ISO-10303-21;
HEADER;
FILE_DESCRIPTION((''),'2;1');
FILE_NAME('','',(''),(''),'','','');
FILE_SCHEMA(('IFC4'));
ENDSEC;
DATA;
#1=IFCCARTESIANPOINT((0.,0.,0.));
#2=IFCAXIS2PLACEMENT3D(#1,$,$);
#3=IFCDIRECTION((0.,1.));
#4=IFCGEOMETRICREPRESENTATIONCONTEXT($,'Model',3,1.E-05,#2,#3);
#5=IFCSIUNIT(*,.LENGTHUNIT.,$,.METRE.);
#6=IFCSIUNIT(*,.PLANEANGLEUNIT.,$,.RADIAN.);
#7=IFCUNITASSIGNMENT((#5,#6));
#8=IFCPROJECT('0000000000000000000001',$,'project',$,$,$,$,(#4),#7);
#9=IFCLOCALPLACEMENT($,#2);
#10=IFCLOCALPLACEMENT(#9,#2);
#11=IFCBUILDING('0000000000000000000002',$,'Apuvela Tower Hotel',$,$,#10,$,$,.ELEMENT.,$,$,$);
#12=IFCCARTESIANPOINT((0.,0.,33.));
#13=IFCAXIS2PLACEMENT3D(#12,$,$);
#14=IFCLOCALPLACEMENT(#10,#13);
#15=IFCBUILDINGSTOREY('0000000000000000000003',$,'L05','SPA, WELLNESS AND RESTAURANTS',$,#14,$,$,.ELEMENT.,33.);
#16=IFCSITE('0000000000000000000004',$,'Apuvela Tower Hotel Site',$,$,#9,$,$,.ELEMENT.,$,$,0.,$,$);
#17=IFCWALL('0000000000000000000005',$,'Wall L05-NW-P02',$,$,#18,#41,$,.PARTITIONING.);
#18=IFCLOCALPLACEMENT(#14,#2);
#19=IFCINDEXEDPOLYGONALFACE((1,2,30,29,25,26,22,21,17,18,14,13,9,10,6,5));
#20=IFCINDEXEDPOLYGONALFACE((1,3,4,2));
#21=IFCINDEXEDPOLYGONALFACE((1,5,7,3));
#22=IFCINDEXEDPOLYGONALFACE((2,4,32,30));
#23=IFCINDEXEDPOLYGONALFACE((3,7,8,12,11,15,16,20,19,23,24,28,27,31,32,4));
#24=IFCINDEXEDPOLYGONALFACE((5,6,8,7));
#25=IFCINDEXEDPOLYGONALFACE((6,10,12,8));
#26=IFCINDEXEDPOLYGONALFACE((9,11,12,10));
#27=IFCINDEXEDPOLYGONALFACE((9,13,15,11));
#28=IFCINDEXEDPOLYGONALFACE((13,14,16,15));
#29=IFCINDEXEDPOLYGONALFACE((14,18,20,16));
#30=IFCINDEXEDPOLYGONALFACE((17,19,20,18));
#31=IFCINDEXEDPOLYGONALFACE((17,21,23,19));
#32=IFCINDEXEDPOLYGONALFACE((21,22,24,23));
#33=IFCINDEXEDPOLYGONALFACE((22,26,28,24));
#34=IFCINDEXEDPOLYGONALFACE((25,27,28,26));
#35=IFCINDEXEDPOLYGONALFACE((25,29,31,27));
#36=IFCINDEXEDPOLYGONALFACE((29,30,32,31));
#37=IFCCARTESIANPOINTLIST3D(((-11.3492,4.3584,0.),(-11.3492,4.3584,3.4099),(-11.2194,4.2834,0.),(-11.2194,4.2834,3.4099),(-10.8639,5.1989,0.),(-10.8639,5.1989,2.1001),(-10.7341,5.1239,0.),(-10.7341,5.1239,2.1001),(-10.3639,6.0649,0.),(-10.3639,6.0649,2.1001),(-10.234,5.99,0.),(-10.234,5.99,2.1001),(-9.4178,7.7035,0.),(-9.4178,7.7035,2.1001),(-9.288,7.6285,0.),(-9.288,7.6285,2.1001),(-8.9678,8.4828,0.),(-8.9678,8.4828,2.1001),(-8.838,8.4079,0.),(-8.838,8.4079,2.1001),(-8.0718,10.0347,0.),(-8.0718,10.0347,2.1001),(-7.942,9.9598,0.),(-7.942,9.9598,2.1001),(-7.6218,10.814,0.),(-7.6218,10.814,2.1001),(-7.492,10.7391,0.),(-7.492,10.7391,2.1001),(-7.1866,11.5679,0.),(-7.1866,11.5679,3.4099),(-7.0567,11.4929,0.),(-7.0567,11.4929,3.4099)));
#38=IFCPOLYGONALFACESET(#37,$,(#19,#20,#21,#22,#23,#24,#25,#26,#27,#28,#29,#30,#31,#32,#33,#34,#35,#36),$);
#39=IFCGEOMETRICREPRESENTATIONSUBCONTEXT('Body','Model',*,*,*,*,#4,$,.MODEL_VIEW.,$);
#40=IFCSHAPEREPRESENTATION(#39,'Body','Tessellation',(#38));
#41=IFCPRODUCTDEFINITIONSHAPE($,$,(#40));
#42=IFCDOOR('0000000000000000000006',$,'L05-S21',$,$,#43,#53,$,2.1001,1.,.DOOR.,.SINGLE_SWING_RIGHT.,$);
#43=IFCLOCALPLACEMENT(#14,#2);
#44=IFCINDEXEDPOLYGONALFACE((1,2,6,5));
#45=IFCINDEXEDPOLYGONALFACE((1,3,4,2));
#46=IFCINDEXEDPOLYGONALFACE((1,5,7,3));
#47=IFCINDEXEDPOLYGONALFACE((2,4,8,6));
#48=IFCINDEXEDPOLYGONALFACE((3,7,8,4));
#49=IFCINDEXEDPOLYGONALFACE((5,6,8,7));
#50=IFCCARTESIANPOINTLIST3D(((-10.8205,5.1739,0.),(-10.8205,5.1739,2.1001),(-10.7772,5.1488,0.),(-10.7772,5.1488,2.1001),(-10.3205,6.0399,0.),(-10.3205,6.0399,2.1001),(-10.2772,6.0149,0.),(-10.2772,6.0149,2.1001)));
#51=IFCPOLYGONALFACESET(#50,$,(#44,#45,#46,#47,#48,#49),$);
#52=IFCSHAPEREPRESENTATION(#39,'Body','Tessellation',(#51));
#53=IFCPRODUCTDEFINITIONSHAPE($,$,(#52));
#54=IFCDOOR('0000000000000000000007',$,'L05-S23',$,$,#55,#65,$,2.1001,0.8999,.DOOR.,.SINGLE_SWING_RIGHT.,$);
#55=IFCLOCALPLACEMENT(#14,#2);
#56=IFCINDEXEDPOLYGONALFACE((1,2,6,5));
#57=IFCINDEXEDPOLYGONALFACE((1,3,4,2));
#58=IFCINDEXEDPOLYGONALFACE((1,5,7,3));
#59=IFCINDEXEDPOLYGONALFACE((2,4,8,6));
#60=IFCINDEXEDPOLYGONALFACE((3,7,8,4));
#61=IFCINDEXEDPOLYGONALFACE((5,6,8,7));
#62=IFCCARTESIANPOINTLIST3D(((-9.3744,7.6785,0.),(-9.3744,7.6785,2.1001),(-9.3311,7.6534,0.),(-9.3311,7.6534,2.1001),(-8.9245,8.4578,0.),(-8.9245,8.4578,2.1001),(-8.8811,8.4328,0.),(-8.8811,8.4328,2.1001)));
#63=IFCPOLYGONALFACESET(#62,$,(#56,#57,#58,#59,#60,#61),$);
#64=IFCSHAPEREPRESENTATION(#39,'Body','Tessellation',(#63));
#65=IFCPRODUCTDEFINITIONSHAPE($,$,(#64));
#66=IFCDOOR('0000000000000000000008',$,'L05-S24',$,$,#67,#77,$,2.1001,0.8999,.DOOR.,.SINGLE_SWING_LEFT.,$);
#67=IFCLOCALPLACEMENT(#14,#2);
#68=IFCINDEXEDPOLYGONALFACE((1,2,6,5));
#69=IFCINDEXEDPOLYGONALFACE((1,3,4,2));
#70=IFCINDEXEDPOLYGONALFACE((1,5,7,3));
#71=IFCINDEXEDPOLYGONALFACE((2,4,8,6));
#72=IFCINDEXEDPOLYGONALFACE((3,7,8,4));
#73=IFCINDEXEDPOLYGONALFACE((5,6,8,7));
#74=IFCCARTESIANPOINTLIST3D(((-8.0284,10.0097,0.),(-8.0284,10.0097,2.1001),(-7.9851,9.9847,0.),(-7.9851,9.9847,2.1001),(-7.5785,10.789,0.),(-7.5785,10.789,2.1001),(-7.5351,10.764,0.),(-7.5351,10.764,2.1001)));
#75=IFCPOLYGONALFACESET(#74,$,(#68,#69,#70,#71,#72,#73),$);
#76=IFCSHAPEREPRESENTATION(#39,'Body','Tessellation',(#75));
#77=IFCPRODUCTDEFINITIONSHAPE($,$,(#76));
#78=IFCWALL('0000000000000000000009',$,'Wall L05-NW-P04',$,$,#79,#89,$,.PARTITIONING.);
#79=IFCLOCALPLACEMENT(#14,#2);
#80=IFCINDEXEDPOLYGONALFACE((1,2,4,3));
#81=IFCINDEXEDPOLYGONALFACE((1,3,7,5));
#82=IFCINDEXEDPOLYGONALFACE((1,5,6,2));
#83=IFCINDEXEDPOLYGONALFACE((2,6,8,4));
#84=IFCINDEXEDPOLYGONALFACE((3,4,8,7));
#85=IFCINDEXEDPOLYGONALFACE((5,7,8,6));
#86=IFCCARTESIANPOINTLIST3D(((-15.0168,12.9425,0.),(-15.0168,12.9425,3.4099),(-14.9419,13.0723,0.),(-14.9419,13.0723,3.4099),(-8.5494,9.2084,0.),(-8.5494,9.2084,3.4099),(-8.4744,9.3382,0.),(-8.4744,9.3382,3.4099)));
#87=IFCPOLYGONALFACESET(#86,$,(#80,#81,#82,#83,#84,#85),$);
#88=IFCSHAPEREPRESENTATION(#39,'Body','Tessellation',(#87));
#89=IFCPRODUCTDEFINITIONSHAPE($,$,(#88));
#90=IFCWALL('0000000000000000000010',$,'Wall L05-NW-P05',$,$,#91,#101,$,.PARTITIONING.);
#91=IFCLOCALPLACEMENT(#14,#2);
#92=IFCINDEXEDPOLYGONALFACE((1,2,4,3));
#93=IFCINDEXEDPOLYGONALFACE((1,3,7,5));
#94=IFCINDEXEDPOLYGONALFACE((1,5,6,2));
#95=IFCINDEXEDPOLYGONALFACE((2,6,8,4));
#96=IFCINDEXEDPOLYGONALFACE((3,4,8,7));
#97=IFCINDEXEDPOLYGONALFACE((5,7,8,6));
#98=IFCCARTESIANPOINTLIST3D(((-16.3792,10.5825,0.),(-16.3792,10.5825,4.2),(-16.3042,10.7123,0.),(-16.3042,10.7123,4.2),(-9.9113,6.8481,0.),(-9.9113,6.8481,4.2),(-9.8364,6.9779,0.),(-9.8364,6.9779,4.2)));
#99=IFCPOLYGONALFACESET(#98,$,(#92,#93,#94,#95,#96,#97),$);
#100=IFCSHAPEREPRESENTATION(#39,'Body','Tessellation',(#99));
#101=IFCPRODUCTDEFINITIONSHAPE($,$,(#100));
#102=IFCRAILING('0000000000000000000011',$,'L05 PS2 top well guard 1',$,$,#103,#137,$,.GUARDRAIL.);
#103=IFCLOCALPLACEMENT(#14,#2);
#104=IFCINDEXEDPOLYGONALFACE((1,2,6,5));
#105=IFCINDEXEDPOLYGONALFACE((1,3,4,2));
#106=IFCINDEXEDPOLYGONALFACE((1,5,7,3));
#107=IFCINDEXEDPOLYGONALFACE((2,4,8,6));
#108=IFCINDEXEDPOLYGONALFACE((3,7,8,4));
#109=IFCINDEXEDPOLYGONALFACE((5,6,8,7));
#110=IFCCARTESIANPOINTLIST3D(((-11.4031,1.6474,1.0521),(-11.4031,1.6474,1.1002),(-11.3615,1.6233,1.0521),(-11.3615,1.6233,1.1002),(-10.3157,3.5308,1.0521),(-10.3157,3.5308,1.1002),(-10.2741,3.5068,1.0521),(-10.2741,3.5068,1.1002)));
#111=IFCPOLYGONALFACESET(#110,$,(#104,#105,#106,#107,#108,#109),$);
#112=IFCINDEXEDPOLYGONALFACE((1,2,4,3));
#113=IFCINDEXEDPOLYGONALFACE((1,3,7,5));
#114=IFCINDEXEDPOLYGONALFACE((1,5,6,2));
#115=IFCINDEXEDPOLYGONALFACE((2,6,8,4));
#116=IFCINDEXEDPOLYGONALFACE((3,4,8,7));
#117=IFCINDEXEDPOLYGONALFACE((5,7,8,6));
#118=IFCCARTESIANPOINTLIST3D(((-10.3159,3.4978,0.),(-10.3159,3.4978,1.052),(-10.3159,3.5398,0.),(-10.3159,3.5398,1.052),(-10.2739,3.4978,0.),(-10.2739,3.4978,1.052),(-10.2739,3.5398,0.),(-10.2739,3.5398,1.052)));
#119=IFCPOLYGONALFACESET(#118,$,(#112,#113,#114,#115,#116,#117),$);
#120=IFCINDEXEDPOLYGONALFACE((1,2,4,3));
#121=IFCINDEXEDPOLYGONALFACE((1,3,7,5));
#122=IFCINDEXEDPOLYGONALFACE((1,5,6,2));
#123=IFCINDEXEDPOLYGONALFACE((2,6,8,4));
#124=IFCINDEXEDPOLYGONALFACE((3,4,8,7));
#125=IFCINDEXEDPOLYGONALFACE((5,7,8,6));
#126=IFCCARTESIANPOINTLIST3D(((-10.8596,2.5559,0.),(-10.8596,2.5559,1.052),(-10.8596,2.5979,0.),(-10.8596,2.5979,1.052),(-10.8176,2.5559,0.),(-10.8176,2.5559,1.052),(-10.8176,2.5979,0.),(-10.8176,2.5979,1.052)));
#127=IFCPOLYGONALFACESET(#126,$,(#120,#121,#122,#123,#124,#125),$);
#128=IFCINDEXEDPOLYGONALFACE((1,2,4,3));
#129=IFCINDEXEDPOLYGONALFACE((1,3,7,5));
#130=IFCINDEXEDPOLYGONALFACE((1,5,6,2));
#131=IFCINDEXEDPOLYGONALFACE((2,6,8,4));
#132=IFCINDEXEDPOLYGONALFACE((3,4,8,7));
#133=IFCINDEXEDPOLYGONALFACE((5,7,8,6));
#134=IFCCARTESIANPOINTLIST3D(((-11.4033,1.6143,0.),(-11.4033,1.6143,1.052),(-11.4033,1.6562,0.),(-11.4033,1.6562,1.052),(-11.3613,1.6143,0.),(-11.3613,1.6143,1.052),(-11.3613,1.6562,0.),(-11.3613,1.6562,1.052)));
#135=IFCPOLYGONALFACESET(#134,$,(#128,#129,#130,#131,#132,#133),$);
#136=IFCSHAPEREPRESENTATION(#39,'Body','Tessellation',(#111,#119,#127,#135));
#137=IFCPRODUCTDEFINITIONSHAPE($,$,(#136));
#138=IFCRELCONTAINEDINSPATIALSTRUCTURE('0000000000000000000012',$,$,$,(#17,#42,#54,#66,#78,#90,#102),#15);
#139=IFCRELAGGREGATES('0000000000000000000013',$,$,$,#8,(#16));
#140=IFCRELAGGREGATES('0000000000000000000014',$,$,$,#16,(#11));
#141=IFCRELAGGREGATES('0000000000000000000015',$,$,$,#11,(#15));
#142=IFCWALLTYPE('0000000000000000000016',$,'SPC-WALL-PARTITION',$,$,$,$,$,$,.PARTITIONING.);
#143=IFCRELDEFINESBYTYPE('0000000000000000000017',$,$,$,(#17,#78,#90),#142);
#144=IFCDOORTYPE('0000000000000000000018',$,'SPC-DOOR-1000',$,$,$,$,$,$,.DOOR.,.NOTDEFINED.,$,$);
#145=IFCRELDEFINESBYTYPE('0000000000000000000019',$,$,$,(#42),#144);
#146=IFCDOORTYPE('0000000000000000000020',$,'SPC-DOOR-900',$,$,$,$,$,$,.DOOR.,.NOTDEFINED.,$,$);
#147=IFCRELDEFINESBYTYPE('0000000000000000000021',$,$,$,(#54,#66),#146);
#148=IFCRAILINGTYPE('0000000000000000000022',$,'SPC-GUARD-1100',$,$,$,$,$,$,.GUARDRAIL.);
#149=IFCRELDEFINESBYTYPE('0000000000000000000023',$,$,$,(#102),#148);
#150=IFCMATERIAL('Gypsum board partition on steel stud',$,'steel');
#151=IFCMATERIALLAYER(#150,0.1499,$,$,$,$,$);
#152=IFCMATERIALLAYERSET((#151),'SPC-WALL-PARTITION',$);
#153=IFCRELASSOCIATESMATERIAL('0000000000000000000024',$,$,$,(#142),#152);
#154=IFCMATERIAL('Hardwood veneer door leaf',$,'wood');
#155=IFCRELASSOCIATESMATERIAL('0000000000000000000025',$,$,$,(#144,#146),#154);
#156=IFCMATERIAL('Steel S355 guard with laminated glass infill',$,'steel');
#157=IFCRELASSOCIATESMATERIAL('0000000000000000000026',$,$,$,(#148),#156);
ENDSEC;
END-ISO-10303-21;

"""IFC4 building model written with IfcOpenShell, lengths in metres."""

from ifc_helpers import new_model, si_unit, direction, frame, frame_2d, origin, origin_2d, place, context, subcontext, project, spatial, rectangle, extrude, material, layer, layer_set, type_object, element, fill, save


model = new_model("IFC4")

# Units and contexts
model_context = context("Model", 3, precision=1e-05, world=origin(), true_north=direction((0.0, 1.0)))
body_context = subcontext(model_context, "Body", "Model", "MODEL_VIEW")
ifc_project = project(units=[si_unit("LENGTHUNIT", "METRE"), si_unit("PLANEANGLEUNIT", "RADIAN")], contexts=[model_context])

# Site, building, storey
site_placement = place(None, origin())
site = spatial("IfcSite", under=ifc_project, at=site_placement, Name="Apuvela Tower Hotel Site", CompositionType="ELEMENT", RefElevation=0.0)
building_placement = place(site_placement, origin())
building = spatial("IfcBuilding", under=site, at=building_placement, Name="Apuvela Tower Hotel", CompositionType="ELEMENT")
storey_placement = place(building_placement, frame((0.0, 0.0, 33.0)))
storey = spatial("IfcBuildingStorey", under=building, at=storey_placement, Name="L05", Description="SPA, WELLNESS AND RESTAURANTS", CompositionType="ELEMENT", Elevation=33.0)

# Wall, openings, doors
ifc_material_1 = material(Name="Gypsum board partition on steel stud", Category="steel")
ifc_layer_1 = layer(ifc_material_1, 0.1499)
ifc_layer_set_1 = layer_set([ifc_layer_1], Name="SPC-WALL-PARTITION")
wall_type_1 = type_object("IfcWallType", Name="SPC-WALL-PARTITION", PredefinedType="PARTITIONING", material=ifc_layer_set_1)
wall_1_placement = place(storey_placement, frame((-7.1216, 11.5305, 0.0), z_axis=(0.0, 0.0, 1.0), x_axis=(-0.500019, -0.866015, 0.0)))
wall_1 = element("IfcWall", 1, at=wall_1_placement, inside=storey, type_object=wall_type_1, Name="Wall L05-NW-P02", PredefinedType="PARTITIONING", context=body_context, shape_type="SweptSolid", body=[
    extrude(rectangle(XDim=8.325, YDim=0.1499, at=frame_2d((4.1626, 0.0))), origin(), (0.0, 0.0, 1.0), 3.4099),
])
opening_1_placement = place(wall_1_placement, frame((6.3545, 0.0, 0.0)))
opening_1 = element("IfcOpeningElement", 2, at=opening_1_placement, cuts=wall_1, PredefinedType="OPENING", context=body_context, shape_type="SweptSolid", body=[
    extrude(rectangle(XDim=1.0, YDim=2.1001, at=frame_2d((0.5, 1.05))), frame((0.0, 0.085, 0.0), z_axis=(0.0, -1.0, 0.0), x_axis=(1.0, 0.0, 0.0)), (0.0, 0.0, 1.0), 0.1699),
])
opening_2_placement = place(wall_1_placement, frame((3.5625, 0.0, 0.0)))
opening_2 = element("IfcOpeningElement", 3, at=opening_2_placement, cuts=wall_1, PredefinedType="OPENING", context=body_context, shape_type="SweptSolid", body=[
    extrude(rectangle(XDim=0.8999, YDim=2.1001, at=frame_2d((0.45, 1.05))), frame((0.0, 0.085, 0.0), z_axis=(0.0, -1.0, 0.0), x_axis=(1.0, 0.0, 0.0)), (0.0, 0.0, 1.0), 0.1699),
])
opening_3_placement = place(wall_1_placement, frame((0.8706, 0.0, 0.0)))
opening_3 = element("IfcOpeningElement", 4, at=opening_3_placement, cuts=wall_1, PredefinedType="OPENING", context=body_context, shape_type="SweptSolid", body=[
    extrude(rectangle(XDim=0.8999, YDim=2.1001, at=frame_2d((0.45, 1.05))), frame((0.0, 0.085, 0.0), z_axis=(0.0, -1.0, 0.0), x_axis=(1.0, 0.0, 0.0)), (0.0, 0.0, 1.0), 0.1699),
])
ifc_material_2 = material(Name="Hardwood veneer door leaf", Category="wood")
door_type_1 = type_object("IfcDoorType", Name="SPC-DOOR-1000", OperationType="NOTDEFINED", PredefinedType="DOOR", material=ifc_material_2)
door_1_placement = place(opening_1_placement, frame((1.0, 0.0, 0.0), z_axis=(0.0, 0.0, 1.0), x_axis=(-1.0, 0.0, 0.0)))
door_1 = element("IfcDoor", 5, at=door_1_placement, inside=storey, type_object=door_type_1, Name="L05-S21", OperationType="SINGLE_SWING_RIGHT", OverallHeight=2.1001, OverallWidth=1.0, PredefinedType="DOOR", context=body_context, shape_type="SweptSolid", body=[
    extrude(rectangle(XDim=1.0, YDim=2.1001, at=frame_2d((0.5, 1.05))), frame((0.0, 0.0249, 0.0), z_axis=(0.0, -1.0, 0.0), x_axis=(1.0, 0.0, 0.0)), (0.0, 0.0, 1.0), 0.05),
])
fill(opening_1, door_1)
door_type_2 = type_object("IfcDoorType", Name="SPC-DOOR-900", OperationType="NOTDEFINED", PredefinedType="DOOR", material=ifc_material_2)
door_2_placement = place(opening_2_placement, frame((0.8999, 0.0, 0.0), z_axis=(0.0, 0.0, 1.0), x_axis=(-1.0, 0.0, 0.0)))
door_2 = element("IfcDoor", 6, at=door_2_placement, inside=storey, type_object=door_type_2, Name="L05-S23", OperationType="SINGLE_SWING_RIGHT", OverallHeight=2.1001, OverallWidth=0.8999, PredefinedType="DOOR", context=body_context, shape_type="SweptSolid", body=[
    extrude(rectangle(XDim=0.8999, YDim=2.1001, at=frame_2d((0.45, 1.05))), frame((0.0, 0.0249, 0.0), z_axis=(0.0, -1.0, 0.0), x_axis=(1.0, 0.0, 0.0)), (0.0, 0.0, 1.0), 0.05),
])
fill(opening_2, door_2)
door_3_placement = place(opening_3_placement, frame((0.8999, 0.0, 0.0), z_axis=(0.0, 0.0, 1.0), x_axis=(-1.0, 0.0, 0.0)))
door_3 = element("IfcDoor", 7, at=door_3_placement, inside=storey, type_object=door_type_2, Name="L05-S24", OperationType="SINGLE_SWING_LEFT", OverallHeight=2.1001, OverallWidth=0.8999, PredefinedType="DOOR", context=body_context, shape_type="SweptSolid", body=[
    extrude(rectangle(XDim=0.8999, YDim=2.1001, at=frame_2d((0.45, 1.05))), frame((0.0, 0.0249, 0.0), z_axis=(0.0, -1.0, 0.0), x_axis=(1.0, 0.0, 0.0)), (0.0, 0.0, 1.0), 0.05),
])
fill(opening_3, door_3)

# Walls
wall_2_placement = place(storey_placement, frame((-14.9792, 13.0073, 0.0), z_axis=(0.0, 0.0, 1.0), x_axis=(0.86602, -0.50001, 0.0)))
element("IfcWall", 8, at=wall_2_placement, inside=storey, type_object=wall_type_1, Name="Wall L05-NW-P04", PredefinedType="PARTITIONING", context=body_context, shape_type="SweptSolid", body=[
    extrude(rectangle(XDim=7.468, YDim=0.1499, at=frame_2d((3.7339, 0.0))), origin(), (0.0, 0.0, 1.0), 3.4099),
])
wall_3_placement = place(storey_placement, frame((-16.3418, 10.6475, 0.0), z_axis=(0.0, 0.0, 1.0), x_axis=(0.866014, -0.500021, 0.0)))
element("IfcWall", 9, at=wall_3_placement, inside=storey, type_object=wall_type_1, Name="Wall L05-NW-P05", PredefinedType="PARTITIONING", context=body_context, shape_type="SweptSolid", body=[
    extrude(rectangle(XDim=7.4685, YDim=0.1499, at=frame_2d((3.7344, 0.0))), origin(), (0.0, 0.0, 1.0), 4.2),
])

# Railing
ifc_material_3 = material(Name="Steel S355 guard with laminated glass infill", Category="steel")
railing_type_1 = type_object("IfcRailingType", Name="SPC-GUARD-1100", PredefinedType="GUARDRAIL", material=ifc_material_3)
railing_1_placement = place(storey_placement, frame((-10.2949, 3.5188, 0.0)))
element("IfcRailing", 10, at=railing_1_placement, inside=storey, type_object=railing_type_1, Name="L05 PS2 top well guard 1", PredefinedType="GUARDRAIL", context=body_context, shape_type="SweptSolid", body=[
    extrude(rectangle(XDim=0.0481, YDim=0.0481, at=origin_2d()), frame((0.0, 0.0, 1.0762), z_axis=(-0.499978, -0.866038, 0.0), x_axis=(0.866038, -0.499978, 0.0)), (0.0, 0.0, 1.0), 2.1748),
    extrude(rectangle(XDim=0.042, YDim=0.042, at=origin_2d()), origin(), (0.0, 0.0, 1.0), 1.052),
    extrude(rectangle(XDim=0.042, YDim=0.042, at=origin_2d()), frame((-0.5437, -0.9419, 0.0)), (0.0, 0.0, 1.0), 1.052),
    extrude(rectangle(XDim=0.042, YDim=0.042, at=origin_2d()), frame((-1.0874, -1.8835, 0.0)), (0.0, 0.0, 1.0), 1.052),
])

save(model, "model.ifc")
